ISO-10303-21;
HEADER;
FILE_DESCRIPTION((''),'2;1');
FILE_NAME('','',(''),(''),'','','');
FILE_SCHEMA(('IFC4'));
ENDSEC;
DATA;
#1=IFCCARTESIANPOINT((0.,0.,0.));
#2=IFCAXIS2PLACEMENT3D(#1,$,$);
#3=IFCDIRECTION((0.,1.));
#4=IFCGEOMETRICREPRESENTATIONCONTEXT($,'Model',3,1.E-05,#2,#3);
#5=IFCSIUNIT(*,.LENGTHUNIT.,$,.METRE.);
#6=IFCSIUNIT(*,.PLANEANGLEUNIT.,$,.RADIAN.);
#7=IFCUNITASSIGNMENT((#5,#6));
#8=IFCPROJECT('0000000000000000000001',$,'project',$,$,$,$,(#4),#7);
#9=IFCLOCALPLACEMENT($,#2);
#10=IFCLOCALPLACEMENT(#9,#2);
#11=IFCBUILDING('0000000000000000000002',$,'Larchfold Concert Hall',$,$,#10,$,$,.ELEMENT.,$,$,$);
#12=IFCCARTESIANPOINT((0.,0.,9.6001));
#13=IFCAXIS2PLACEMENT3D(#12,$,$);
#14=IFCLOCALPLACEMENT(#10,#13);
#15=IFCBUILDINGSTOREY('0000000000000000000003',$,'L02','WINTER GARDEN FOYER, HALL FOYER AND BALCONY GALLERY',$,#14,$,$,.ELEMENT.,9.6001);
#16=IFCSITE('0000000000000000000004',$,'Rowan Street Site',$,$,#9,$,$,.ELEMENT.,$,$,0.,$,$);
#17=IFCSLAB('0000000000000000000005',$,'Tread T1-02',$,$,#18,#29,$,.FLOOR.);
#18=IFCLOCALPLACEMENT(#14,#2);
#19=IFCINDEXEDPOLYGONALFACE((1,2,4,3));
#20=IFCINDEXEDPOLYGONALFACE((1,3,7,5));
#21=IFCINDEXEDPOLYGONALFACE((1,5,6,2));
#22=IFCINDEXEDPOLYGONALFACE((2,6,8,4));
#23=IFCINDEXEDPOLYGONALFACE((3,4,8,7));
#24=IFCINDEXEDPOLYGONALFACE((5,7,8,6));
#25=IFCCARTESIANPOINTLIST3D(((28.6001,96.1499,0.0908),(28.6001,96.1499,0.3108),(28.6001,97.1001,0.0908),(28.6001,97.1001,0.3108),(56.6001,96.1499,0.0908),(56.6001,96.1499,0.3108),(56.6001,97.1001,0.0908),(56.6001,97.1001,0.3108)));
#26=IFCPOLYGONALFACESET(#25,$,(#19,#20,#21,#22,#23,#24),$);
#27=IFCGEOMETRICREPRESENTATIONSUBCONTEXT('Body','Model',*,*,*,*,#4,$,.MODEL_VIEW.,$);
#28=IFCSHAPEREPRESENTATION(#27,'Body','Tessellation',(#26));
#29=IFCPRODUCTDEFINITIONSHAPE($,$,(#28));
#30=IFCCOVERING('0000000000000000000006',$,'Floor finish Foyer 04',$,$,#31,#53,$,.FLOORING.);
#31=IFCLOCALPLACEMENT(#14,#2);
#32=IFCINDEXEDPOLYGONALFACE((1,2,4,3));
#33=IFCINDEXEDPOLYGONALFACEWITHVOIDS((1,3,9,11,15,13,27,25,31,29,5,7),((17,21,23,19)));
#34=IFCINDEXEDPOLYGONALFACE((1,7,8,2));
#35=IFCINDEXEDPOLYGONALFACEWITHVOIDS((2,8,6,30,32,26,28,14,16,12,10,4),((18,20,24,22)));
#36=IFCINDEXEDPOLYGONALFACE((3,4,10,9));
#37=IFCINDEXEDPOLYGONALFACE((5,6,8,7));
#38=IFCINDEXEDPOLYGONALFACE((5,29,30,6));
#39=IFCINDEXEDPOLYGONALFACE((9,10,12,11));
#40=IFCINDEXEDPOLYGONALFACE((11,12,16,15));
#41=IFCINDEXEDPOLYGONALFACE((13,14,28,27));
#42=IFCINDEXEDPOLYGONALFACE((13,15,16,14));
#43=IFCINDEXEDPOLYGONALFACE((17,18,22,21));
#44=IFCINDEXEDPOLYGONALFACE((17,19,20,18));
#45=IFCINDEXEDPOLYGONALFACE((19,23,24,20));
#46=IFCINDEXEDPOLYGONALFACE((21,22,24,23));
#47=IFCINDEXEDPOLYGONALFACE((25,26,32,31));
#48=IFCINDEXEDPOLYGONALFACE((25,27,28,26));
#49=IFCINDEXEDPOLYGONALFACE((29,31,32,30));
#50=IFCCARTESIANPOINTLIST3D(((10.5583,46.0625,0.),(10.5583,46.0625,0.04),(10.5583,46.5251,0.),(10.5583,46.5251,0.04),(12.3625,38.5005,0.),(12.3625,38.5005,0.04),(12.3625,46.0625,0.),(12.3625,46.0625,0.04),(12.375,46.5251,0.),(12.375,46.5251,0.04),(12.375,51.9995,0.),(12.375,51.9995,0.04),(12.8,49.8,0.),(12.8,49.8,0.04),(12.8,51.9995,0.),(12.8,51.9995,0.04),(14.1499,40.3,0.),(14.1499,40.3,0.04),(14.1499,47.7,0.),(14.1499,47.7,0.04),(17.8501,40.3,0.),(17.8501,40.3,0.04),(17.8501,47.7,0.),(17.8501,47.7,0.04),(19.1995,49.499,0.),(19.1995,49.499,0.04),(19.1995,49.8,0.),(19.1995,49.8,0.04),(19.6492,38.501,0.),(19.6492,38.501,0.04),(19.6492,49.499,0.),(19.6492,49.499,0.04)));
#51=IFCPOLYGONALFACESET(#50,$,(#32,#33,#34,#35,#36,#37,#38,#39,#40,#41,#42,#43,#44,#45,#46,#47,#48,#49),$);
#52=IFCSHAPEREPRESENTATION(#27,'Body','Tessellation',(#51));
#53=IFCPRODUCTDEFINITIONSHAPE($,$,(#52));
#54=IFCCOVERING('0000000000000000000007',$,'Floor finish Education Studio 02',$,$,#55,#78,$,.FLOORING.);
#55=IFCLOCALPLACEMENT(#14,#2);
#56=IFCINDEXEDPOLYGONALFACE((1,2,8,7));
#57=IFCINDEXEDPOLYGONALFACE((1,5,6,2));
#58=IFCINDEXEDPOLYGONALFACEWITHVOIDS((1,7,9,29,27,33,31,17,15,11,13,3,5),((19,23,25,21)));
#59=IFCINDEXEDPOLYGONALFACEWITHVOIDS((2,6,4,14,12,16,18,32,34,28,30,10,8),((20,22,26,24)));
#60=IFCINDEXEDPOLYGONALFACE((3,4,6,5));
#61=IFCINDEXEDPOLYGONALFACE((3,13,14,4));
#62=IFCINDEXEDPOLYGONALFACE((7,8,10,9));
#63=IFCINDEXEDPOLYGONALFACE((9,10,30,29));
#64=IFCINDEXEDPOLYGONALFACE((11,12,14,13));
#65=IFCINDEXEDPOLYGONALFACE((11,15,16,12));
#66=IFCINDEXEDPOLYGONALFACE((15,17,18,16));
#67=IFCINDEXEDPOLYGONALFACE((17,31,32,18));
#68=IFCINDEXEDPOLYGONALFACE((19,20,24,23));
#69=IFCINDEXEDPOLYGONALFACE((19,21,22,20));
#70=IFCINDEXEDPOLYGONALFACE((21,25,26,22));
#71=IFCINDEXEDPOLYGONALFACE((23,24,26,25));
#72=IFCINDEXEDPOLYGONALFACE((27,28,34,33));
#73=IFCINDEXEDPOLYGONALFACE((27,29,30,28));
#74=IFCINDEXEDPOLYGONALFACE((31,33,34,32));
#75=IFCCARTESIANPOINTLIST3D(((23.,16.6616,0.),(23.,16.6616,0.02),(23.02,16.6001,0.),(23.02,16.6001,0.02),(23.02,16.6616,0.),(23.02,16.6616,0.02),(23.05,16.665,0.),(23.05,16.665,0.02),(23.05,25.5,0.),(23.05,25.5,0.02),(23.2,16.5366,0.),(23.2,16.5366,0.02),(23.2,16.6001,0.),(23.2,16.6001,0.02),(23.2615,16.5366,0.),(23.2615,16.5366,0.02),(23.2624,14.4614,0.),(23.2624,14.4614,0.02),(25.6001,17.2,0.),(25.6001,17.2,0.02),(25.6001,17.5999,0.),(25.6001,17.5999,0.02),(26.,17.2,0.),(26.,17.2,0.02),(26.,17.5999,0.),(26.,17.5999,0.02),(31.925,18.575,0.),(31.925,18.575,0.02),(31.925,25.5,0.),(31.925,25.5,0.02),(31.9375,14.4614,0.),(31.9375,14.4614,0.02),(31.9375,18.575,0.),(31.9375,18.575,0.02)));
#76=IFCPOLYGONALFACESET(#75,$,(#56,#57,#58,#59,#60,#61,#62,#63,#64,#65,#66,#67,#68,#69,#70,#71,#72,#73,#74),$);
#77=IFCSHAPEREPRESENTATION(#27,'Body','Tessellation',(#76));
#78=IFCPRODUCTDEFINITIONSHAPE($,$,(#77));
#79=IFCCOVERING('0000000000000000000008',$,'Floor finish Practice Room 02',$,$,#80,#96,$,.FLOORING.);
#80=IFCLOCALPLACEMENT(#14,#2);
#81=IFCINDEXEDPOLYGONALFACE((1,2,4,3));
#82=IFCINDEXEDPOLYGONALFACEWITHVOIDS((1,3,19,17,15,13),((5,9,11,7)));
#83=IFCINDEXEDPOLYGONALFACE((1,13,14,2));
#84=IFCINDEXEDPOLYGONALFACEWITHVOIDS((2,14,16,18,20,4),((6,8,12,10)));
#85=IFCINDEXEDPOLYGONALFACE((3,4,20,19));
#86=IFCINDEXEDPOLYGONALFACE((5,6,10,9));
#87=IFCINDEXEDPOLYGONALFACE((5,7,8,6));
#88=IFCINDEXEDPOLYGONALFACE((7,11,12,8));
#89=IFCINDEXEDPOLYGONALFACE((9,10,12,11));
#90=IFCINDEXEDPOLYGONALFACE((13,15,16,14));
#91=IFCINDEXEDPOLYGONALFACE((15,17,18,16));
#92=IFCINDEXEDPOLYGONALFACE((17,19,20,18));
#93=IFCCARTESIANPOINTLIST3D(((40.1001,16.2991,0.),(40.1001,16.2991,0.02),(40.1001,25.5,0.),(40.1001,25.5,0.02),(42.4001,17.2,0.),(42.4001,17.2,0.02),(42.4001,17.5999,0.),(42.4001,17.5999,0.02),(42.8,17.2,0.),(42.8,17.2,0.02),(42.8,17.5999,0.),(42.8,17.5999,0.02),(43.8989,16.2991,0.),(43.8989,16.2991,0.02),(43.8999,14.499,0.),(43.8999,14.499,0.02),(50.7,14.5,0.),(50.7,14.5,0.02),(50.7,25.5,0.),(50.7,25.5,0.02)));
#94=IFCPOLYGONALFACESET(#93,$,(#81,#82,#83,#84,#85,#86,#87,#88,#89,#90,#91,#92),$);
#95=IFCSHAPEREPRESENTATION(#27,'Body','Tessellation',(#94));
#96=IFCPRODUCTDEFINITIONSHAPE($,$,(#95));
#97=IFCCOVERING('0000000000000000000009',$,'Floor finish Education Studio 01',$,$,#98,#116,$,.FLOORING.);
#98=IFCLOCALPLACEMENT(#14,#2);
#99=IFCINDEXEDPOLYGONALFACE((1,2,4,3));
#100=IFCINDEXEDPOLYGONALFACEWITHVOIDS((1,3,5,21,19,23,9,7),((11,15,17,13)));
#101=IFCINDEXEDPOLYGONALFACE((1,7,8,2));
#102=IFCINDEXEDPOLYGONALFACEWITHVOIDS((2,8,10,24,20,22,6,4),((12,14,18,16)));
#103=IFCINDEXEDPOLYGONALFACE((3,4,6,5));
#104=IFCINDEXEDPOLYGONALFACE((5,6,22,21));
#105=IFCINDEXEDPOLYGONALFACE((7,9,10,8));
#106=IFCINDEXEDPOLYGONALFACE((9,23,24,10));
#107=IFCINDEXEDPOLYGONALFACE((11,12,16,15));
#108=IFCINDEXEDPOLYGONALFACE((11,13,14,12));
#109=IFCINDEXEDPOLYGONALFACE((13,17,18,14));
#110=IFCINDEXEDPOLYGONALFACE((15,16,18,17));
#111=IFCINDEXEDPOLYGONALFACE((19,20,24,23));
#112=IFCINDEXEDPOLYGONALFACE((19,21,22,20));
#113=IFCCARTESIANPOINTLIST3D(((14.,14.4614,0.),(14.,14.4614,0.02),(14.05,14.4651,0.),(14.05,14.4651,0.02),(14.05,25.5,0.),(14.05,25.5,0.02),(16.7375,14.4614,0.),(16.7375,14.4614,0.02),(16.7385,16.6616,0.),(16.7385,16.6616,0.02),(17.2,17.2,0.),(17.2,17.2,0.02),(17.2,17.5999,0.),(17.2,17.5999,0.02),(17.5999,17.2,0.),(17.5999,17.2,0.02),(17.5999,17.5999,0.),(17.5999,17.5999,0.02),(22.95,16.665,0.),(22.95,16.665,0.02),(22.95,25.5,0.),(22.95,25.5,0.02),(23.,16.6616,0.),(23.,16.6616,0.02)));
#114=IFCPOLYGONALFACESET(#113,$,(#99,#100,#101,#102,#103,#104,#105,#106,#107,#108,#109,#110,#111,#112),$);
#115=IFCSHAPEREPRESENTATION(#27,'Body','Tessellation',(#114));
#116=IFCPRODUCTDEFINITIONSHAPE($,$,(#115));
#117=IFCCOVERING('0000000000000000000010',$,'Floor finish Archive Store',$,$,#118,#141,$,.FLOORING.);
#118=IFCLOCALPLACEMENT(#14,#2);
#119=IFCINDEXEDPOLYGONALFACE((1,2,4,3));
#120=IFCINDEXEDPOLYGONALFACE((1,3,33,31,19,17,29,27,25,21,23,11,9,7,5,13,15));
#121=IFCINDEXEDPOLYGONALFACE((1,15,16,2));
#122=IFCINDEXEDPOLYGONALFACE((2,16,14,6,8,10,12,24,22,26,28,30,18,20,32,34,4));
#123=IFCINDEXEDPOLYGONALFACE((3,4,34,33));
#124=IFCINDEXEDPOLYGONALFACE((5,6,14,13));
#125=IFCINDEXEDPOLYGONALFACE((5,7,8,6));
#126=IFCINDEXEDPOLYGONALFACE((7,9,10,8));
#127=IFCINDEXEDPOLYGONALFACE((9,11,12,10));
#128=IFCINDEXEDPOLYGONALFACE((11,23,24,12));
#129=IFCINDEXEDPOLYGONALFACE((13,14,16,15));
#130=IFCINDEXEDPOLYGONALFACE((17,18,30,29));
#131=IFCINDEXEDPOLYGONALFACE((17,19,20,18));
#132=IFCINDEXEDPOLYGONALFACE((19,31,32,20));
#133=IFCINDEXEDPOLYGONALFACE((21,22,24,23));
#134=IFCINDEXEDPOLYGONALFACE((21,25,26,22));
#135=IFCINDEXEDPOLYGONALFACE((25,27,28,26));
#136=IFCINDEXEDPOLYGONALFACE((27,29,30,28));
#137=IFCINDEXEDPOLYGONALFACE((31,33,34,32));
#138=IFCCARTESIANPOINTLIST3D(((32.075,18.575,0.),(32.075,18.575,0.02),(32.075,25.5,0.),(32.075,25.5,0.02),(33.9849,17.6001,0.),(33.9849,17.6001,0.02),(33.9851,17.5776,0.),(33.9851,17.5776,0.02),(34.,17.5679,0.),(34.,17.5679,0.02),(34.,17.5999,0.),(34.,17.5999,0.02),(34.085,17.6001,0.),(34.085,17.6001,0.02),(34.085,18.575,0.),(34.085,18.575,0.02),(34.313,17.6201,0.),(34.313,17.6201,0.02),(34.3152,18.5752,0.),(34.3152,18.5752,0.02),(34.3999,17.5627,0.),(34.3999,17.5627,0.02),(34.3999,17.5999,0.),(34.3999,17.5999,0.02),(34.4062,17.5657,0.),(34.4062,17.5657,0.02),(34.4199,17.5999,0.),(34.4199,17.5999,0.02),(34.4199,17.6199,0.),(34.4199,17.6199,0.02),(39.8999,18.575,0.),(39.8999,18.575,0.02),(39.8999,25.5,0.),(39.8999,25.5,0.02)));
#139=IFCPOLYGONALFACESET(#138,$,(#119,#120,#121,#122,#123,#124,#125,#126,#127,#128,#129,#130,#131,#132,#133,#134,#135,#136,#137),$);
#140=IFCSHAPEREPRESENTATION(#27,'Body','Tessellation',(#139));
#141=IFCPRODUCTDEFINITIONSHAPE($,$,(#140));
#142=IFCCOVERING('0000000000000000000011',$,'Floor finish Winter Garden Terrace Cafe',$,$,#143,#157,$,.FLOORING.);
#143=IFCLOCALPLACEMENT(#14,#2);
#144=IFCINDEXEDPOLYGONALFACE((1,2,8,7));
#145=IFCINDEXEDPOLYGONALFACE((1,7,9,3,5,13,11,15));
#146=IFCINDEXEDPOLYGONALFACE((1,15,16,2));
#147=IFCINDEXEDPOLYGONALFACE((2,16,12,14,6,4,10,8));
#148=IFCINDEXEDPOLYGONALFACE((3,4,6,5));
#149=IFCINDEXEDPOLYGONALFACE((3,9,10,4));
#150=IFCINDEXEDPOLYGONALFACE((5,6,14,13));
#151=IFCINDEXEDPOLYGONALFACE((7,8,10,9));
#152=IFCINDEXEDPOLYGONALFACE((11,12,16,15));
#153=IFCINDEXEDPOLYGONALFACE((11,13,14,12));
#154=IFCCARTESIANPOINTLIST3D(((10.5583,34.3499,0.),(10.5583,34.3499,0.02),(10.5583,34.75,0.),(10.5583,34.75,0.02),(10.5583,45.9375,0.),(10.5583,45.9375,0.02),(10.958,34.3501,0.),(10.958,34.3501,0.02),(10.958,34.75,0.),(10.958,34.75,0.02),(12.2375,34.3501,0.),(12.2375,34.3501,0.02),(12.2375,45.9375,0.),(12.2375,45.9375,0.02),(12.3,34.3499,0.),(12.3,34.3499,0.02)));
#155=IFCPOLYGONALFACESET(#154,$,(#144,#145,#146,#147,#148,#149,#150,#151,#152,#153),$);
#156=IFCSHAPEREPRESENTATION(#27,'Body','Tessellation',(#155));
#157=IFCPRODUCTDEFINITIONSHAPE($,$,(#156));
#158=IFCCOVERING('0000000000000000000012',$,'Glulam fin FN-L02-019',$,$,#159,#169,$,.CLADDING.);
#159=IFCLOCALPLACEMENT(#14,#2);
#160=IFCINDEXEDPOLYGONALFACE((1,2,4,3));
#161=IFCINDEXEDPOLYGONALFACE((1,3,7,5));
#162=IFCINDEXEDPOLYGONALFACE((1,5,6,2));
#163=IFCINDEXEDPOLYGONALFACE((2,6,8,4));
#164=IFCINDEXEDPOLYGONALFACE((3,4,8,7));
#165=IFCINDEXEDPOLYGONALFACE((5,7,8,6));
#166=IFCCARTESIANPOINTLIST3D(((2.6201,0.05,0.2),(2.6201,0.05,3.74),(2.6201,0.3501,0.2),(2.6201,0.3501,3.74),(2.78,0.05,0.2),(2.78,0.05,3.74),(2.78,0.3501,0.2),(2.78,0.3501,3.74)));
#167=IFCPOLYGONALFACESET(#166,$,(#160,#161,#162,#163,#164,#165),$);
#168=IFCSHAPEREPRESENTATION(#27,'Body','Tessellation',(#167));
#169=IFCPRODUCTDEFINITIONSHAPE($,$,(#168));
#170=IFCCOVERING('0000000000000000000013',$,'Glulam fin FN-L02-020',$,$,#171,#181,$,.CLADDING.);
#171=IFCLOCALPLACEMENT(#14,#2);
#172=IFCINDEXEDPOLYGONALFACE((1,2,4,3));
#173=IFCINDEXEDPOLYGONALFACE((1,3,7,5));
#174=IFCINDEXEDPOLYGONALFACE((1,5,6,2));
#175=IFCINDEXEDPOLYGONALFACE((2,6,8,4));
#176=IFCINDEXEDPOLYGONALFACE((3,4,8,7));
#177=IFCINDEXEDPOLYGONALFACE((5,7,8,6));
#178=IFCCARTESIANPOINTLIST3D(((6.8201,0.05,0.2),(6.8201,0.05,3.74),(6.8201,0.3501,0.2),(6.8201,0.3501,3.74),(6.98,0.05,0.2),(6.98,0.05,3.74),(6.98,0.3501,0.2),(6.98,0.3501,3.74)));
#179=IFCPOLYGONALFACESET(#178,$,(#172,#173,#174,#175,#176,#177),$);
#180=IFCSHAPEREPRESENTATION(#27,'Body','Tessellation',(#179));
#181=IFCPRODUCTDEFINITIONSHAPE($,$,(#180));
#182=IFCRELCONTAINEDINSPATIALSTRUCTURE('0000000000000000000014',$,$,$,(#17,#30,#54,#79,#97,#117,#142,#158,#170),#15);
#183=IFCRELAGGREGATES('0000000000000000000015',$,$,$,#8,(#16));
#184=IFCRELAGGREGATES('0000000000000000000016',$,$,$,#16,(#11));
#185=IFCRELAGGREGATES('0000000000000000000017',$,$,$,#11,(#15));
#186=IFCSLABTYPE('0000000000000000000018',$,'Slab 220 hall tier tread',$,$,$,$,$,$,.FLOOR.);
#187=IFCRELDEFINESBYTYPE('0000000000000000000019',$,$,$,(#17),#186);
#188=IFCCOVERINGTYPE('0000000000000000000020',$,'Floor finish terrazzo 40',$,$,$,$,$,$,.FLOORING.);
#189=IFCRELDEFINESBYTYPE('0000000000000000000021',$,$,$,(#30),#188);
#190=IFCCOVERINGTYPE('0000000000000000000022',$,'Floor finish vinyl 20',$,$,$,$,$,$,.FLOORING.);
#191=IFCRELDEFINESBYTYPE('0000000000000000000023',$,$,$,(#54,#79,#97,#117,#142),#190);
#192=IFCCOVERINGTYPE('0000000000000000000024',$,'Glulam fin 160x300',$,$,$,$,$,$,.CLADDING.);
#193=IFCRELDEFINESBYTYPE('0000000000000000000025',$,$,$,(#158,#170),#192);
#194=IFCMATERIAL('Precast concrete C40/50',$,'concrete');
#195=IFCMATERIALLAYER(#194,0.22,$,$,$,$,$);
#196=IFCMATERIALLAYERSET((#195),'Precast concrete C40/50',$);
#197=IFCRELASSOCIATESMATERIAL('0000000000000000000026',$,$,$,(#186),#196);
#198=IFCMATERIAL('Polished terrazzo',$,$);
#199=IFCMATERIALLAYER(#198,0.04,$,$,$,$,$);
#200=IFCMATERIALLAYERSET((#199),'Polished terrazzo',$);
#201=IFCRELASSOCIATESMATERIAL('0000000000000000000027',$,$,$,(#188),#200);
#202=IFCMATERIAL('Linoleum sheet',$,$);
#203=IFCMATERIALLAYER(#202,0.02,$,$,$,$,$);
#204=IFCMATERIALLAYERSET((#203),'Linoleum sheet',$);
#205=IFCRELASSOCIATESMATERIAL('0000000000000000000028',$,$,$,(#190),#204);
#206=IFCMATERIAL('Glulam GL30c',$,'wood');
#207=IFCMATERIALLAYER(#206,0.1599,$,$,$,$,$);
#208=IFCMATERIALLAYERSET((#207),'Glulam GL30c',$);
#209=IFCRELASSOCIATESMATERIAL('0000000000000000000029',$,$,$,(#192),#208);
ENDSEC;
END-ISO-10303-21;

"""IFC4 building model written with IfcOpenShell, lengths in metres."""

from ifc_helpers import new_model, si_unit, direction, frame, origin, place, context, subcontext, project, spatial, polyline, outline, extrude, material, layer, layer_set, type_object, element, save


model = new_model("IFC4")

# Units and contexts
model_context = context("Model", 3, precision=1e-05, world=origin(), true_north=direction((0.0, 1.0)))
body_context = subcontext(model_context, "Body", "Model", "MODEL_VIEW")
ifc_project = project(units=[si_unit("LENGTHUNIT", "METRE"), si_unit("PLANEANGLEUNIT", "RADIAN")], contexts=[model_context])

# Site, building, storey
site_placement = place(None, origin())
site = spatial("IfcSite", under=ifc_project, at=site_placement, Name="Rowan Street Site", CompositionType="ELEMENT", RefElevation=0.0)
building_placement = place(site_placement, origin())
building = spatial("IfcBuilding", under=site, at=building_placement, Name="Larchfold Concert Hall", CompositionType="ELEMENT")
storey_placement = place(building_placement, frame((0.0, 0.0, 9.6001)))
storey = spatial("IfcBuildingStorey", under=building, at=storey_placement, Name="L02", Description="WINTER GARDEN FOYER, HALL FOYER AND BALCONY GALLERY", CompositionType="ELEMENT", Elevation=9.6001)

# Slab
ifc_material_1 = material(Name="Precast concrete C40/50", Category="concrete")
ifc_layer_1 = layer(ifc_material_1, 0.22)
ifc_layer_set_1 = layer_set([ifc_layer_1], Name="Precast concrete C40/50")
slab_type = type_object("IfcSlabType", Name="Slab 220 hall tier tread", PredefinedType="FLOOR", material=ifc_layer_set_1)
slab_placement = place(storey_placement, frame((0.0, 0.0, 0.0908)))
element("IfcSlab", 1, at=slab_placement, inside=storey, type_object=slab_type, Name="Tread T1-02", PredefinedType="FLOOR", context=body_context, shape_type="SweptSolid", body=[
    extrude(outline(polyline([(56.6001, 97.1001), (28.6001, 97.1001), (28.6001, 96.1499), (56.6001, 96.1499), (56.6001, 97.1001)])), origin(), (0.0, 0.0, 1.0), 0.22),
])

# Coverings
ifc_material_2 = material(Name="Polished terrazzo")
ifc_layer_2 = layer(ifc_material_2, 0.04)
ifc_layer_set_2 = layer_set([ifc_layer_2], Name="Polished terrazzo")
covering_type_1 = type_object("IfcCoveringType", Name="Floor finish terrazzo 40", PredefinedType="FLOORING", material=ifc_layer_set_2)
covering_1_placement = place(storey_placement, origin())
element("IfcCovering", 2, at=covering_1_placement, inside=storey, type_object=covering_type_1, Name="Floor finish Foyer 04", PredefinedType="FLOORING", context=body_context, shape_type="SweptSolid", body=[
    extrude(outline(polyline([(10.5583, 46.5251), (10.5583, 46.0625), (12.3625, 46.0625), (12.3625, 38.5005), (19.6492, 38.501), (19.6492, 49.499), (19.1995, 49.499), (19.1995, 49.8), (12.8, 49.8), (12.8, 51.9995), (12.375, 51.9995), (12.375, 46.5251), (10.5583, 46.5251)]), holes=[polyline([(14.1499, 40.3), (14.1499, 47.7), (17.8501, 47.7), (17.8501, 40.3), (14.1499, 40.3)])]), origin(), (0.0, 0.0, 1.0), 0.04),
])
ifc_material_3 = material(Name="Linoleum sheet")
ifc_layer_3 = layer(ifc_material_3, 0.02)
ifc_layer_set_3 = layer_set([ifc_layer_3], Name="Linoleum sheet")
covering_type_2 = type_object("IfcCoveringType", Name="Floor finish vinyl 20", PredefinedType="FLOORING", material=ifc_layer_set_3)
covering_2_placement = place(storey_placement, origin())
element("IfcCovering", 3, at=covering_2_placement, inside=storey, type_object=covering_type_2, Name="Floor finish Education Studio 02", PredefinedType="FLOORING", context=body_context, shape_type="SweptSolid", body=[
    extrude(outline(polyline([(23.0, 16.6616), (23.02, 16.6616), (23.02, 16.6001), (23.2, 16.6001), (23.2, 16.5366), (23.2615, 16.5366), (23.2625, 14.3999), (23.2625, 14.4614), (31.9375, 14.4614), (31.9375, 18.575), (31.925, 18.575), (31.925, 25.5), (23.05, 25.5), (23.05, 16.665), (23.0, 16.6616)]), holes=[polyline([(26.0, 17.2), (25.6001, 17.2), (25.6001, 17.5999), (26.0, 17.5999), (26.0, 17.2)])]), origin(), (0.0, 0.0, 1.0), 0.02),
])
covering_3_placement = place(storey_placement, origin())
element("IfcCovering", 4, at=covering_3_placement, inside=storey, type_object=covering_type_2, Name="Floor finish Practice Room 02", PredefinedType="FLOORING", context=body_context, shape_type="SweptSolid", body=[
    extrude(outline(polyline([(40.1001, 16.2991), (43.8989, 16.2991), (43.8999, 14.499), (50.7, 14.5), (50.7, 25.5), (40.1001, 25.5), (40.1001, 16.2991)]), holes=[polyline([(42.8, 17.2), (42.4001, 17.2), (42.4001, 17.5999), (42.8, 17.5999), (42.8, 17.2)])]), origin(), (0.0, 0.0, 1.0), 0.02),
])
covering_4_placement = place(storey_placement, origin())
element("IfcCovering", 5, at=covering_4_placement, inside=storey, type_object=covering_type_2, Name="Floor finish Education Studio 01", PredefinedType="FLOORING", context=body_context, shape_type="SweptSolid", body=[
    extrude(outline(polyline([(14.0, 14.4614), (16.7375, 14.4614), (16.7385, 16.6616), (23.0, 16.6616), (22.95, 16.665), (22.95, 25.5), (14.05, 25.5), (14.05, 14.4651), (14.0, 14.4614)]), holes=[polyline([(17.2, 17.5999), (17.5999, 17.5999), (17.5999, 17.2), (17.2, 17.2), (17.2, 17.5999)])]), origin(), (0.0, 0.0, 1.0), 0.02),
])
covering_5_placement = place(storey_placement, origin())
element("IfcCovering", 6, at=covering_5_placement, inside=storey, type_object=covering_type_2, Name="Floor finish Archive Store", PredefinedType="FLOORING", context=body_context, shape_type="SweptSolid", body=[
    extrude(outline(polyline([(34.3999, 17.5627), (34.4062, 17.5657), (34.4199, 17.5999), (34.4199, 17.6199), (34.313, 17.6201), (34.3152, 18.5752), (39.8999, 18.575), (39.8999, 25.5), (32.075, 25.5), (32.075, 18.575), (34.085, 18.575), (34.085, 17.6001), (33.9849, 17.6001), (33.9851, 17.5776), (34.0, 17.5679), (34.0, 17.5999), (34.3999, 17.5999), (34.3999, 17.5627)])), origin(), (0.0, 0.0, 1.0), 0.02),
])
covering_6_placement = place(storey_placement, origin())
element("IfcCovering", 7, at=covering_6_placement, inside=storey, type_object=covering_type_2, Name="Floor finish Winter Garden Terrace Cafe", PredefinedType="FLOORING", context=body_context, shape_type="SweptSolid", body=[
    extrude(outline(polyline([(12.3, 34.3499), (12.2375, 34.3501), (12.2375, 45.9375), (10.5583, 45.9375), (10.5583, 34.75), (10.958, 34.75), (10.958, 34.3501), (10.5583, 34.3499), (12.3, 34.3499)])), origin(), (0.0, 0.0, 1.0), 0.02),
])
ifc_material_4 = material(Name="Glulam GL30c", Category="wood")
ifc_layer_4 = layer(ifc_material_4, 0.1599)
ifc_layer_set_4 = layer_set([ifc_layer_4], Name="Glulam GL30c")
covering_type_3 = type_object("IfcCoveringType", Name="Glulam fin 160x300", PredefinedType="CLADDING", material=ifc_layer_set_4)
covering_7_placement = place(storey_placement, frame((0.0, 0.0, 0.2)))
element("IfcCovering", 8, at=covering_7_placement, inside=storey, type_object=covering_type_3, Name="Glulam fin FN-L02-019", PredefinedType="CLADDING", context=body_context, shape_type="SweptSolid", body=[
    extrude(outline(polyline([(2.78, 0.05), (2.78, 0.3501), (2.6201, 0.3501), (2.6201, 0.05), (2.78, 0.05)])), origin(), (0.0, 0.0, 1.0), 3.54),
])
covering_8_placement = place(storey_placement, frame((0.0, 0.0, 0.2)))
element("IfcCovering", 9, at=covering_8_placement, inside=storey, type_object=covering_type_3, Name="Glulam fin FN-L02-020", PredefinedType="CLADDING", context=body_context, shape_type="SweptSolid", body=[
    extrude(outline(polyline([(6.98, 0.05), (6.98, 0.3501), (6.8201, 0.3501), (6.8201, 0.05), (6.98, 0.05)])), origin(), (0.0, 0.0, 1.0), 3.54),
])

save(model, "model.ifc")
